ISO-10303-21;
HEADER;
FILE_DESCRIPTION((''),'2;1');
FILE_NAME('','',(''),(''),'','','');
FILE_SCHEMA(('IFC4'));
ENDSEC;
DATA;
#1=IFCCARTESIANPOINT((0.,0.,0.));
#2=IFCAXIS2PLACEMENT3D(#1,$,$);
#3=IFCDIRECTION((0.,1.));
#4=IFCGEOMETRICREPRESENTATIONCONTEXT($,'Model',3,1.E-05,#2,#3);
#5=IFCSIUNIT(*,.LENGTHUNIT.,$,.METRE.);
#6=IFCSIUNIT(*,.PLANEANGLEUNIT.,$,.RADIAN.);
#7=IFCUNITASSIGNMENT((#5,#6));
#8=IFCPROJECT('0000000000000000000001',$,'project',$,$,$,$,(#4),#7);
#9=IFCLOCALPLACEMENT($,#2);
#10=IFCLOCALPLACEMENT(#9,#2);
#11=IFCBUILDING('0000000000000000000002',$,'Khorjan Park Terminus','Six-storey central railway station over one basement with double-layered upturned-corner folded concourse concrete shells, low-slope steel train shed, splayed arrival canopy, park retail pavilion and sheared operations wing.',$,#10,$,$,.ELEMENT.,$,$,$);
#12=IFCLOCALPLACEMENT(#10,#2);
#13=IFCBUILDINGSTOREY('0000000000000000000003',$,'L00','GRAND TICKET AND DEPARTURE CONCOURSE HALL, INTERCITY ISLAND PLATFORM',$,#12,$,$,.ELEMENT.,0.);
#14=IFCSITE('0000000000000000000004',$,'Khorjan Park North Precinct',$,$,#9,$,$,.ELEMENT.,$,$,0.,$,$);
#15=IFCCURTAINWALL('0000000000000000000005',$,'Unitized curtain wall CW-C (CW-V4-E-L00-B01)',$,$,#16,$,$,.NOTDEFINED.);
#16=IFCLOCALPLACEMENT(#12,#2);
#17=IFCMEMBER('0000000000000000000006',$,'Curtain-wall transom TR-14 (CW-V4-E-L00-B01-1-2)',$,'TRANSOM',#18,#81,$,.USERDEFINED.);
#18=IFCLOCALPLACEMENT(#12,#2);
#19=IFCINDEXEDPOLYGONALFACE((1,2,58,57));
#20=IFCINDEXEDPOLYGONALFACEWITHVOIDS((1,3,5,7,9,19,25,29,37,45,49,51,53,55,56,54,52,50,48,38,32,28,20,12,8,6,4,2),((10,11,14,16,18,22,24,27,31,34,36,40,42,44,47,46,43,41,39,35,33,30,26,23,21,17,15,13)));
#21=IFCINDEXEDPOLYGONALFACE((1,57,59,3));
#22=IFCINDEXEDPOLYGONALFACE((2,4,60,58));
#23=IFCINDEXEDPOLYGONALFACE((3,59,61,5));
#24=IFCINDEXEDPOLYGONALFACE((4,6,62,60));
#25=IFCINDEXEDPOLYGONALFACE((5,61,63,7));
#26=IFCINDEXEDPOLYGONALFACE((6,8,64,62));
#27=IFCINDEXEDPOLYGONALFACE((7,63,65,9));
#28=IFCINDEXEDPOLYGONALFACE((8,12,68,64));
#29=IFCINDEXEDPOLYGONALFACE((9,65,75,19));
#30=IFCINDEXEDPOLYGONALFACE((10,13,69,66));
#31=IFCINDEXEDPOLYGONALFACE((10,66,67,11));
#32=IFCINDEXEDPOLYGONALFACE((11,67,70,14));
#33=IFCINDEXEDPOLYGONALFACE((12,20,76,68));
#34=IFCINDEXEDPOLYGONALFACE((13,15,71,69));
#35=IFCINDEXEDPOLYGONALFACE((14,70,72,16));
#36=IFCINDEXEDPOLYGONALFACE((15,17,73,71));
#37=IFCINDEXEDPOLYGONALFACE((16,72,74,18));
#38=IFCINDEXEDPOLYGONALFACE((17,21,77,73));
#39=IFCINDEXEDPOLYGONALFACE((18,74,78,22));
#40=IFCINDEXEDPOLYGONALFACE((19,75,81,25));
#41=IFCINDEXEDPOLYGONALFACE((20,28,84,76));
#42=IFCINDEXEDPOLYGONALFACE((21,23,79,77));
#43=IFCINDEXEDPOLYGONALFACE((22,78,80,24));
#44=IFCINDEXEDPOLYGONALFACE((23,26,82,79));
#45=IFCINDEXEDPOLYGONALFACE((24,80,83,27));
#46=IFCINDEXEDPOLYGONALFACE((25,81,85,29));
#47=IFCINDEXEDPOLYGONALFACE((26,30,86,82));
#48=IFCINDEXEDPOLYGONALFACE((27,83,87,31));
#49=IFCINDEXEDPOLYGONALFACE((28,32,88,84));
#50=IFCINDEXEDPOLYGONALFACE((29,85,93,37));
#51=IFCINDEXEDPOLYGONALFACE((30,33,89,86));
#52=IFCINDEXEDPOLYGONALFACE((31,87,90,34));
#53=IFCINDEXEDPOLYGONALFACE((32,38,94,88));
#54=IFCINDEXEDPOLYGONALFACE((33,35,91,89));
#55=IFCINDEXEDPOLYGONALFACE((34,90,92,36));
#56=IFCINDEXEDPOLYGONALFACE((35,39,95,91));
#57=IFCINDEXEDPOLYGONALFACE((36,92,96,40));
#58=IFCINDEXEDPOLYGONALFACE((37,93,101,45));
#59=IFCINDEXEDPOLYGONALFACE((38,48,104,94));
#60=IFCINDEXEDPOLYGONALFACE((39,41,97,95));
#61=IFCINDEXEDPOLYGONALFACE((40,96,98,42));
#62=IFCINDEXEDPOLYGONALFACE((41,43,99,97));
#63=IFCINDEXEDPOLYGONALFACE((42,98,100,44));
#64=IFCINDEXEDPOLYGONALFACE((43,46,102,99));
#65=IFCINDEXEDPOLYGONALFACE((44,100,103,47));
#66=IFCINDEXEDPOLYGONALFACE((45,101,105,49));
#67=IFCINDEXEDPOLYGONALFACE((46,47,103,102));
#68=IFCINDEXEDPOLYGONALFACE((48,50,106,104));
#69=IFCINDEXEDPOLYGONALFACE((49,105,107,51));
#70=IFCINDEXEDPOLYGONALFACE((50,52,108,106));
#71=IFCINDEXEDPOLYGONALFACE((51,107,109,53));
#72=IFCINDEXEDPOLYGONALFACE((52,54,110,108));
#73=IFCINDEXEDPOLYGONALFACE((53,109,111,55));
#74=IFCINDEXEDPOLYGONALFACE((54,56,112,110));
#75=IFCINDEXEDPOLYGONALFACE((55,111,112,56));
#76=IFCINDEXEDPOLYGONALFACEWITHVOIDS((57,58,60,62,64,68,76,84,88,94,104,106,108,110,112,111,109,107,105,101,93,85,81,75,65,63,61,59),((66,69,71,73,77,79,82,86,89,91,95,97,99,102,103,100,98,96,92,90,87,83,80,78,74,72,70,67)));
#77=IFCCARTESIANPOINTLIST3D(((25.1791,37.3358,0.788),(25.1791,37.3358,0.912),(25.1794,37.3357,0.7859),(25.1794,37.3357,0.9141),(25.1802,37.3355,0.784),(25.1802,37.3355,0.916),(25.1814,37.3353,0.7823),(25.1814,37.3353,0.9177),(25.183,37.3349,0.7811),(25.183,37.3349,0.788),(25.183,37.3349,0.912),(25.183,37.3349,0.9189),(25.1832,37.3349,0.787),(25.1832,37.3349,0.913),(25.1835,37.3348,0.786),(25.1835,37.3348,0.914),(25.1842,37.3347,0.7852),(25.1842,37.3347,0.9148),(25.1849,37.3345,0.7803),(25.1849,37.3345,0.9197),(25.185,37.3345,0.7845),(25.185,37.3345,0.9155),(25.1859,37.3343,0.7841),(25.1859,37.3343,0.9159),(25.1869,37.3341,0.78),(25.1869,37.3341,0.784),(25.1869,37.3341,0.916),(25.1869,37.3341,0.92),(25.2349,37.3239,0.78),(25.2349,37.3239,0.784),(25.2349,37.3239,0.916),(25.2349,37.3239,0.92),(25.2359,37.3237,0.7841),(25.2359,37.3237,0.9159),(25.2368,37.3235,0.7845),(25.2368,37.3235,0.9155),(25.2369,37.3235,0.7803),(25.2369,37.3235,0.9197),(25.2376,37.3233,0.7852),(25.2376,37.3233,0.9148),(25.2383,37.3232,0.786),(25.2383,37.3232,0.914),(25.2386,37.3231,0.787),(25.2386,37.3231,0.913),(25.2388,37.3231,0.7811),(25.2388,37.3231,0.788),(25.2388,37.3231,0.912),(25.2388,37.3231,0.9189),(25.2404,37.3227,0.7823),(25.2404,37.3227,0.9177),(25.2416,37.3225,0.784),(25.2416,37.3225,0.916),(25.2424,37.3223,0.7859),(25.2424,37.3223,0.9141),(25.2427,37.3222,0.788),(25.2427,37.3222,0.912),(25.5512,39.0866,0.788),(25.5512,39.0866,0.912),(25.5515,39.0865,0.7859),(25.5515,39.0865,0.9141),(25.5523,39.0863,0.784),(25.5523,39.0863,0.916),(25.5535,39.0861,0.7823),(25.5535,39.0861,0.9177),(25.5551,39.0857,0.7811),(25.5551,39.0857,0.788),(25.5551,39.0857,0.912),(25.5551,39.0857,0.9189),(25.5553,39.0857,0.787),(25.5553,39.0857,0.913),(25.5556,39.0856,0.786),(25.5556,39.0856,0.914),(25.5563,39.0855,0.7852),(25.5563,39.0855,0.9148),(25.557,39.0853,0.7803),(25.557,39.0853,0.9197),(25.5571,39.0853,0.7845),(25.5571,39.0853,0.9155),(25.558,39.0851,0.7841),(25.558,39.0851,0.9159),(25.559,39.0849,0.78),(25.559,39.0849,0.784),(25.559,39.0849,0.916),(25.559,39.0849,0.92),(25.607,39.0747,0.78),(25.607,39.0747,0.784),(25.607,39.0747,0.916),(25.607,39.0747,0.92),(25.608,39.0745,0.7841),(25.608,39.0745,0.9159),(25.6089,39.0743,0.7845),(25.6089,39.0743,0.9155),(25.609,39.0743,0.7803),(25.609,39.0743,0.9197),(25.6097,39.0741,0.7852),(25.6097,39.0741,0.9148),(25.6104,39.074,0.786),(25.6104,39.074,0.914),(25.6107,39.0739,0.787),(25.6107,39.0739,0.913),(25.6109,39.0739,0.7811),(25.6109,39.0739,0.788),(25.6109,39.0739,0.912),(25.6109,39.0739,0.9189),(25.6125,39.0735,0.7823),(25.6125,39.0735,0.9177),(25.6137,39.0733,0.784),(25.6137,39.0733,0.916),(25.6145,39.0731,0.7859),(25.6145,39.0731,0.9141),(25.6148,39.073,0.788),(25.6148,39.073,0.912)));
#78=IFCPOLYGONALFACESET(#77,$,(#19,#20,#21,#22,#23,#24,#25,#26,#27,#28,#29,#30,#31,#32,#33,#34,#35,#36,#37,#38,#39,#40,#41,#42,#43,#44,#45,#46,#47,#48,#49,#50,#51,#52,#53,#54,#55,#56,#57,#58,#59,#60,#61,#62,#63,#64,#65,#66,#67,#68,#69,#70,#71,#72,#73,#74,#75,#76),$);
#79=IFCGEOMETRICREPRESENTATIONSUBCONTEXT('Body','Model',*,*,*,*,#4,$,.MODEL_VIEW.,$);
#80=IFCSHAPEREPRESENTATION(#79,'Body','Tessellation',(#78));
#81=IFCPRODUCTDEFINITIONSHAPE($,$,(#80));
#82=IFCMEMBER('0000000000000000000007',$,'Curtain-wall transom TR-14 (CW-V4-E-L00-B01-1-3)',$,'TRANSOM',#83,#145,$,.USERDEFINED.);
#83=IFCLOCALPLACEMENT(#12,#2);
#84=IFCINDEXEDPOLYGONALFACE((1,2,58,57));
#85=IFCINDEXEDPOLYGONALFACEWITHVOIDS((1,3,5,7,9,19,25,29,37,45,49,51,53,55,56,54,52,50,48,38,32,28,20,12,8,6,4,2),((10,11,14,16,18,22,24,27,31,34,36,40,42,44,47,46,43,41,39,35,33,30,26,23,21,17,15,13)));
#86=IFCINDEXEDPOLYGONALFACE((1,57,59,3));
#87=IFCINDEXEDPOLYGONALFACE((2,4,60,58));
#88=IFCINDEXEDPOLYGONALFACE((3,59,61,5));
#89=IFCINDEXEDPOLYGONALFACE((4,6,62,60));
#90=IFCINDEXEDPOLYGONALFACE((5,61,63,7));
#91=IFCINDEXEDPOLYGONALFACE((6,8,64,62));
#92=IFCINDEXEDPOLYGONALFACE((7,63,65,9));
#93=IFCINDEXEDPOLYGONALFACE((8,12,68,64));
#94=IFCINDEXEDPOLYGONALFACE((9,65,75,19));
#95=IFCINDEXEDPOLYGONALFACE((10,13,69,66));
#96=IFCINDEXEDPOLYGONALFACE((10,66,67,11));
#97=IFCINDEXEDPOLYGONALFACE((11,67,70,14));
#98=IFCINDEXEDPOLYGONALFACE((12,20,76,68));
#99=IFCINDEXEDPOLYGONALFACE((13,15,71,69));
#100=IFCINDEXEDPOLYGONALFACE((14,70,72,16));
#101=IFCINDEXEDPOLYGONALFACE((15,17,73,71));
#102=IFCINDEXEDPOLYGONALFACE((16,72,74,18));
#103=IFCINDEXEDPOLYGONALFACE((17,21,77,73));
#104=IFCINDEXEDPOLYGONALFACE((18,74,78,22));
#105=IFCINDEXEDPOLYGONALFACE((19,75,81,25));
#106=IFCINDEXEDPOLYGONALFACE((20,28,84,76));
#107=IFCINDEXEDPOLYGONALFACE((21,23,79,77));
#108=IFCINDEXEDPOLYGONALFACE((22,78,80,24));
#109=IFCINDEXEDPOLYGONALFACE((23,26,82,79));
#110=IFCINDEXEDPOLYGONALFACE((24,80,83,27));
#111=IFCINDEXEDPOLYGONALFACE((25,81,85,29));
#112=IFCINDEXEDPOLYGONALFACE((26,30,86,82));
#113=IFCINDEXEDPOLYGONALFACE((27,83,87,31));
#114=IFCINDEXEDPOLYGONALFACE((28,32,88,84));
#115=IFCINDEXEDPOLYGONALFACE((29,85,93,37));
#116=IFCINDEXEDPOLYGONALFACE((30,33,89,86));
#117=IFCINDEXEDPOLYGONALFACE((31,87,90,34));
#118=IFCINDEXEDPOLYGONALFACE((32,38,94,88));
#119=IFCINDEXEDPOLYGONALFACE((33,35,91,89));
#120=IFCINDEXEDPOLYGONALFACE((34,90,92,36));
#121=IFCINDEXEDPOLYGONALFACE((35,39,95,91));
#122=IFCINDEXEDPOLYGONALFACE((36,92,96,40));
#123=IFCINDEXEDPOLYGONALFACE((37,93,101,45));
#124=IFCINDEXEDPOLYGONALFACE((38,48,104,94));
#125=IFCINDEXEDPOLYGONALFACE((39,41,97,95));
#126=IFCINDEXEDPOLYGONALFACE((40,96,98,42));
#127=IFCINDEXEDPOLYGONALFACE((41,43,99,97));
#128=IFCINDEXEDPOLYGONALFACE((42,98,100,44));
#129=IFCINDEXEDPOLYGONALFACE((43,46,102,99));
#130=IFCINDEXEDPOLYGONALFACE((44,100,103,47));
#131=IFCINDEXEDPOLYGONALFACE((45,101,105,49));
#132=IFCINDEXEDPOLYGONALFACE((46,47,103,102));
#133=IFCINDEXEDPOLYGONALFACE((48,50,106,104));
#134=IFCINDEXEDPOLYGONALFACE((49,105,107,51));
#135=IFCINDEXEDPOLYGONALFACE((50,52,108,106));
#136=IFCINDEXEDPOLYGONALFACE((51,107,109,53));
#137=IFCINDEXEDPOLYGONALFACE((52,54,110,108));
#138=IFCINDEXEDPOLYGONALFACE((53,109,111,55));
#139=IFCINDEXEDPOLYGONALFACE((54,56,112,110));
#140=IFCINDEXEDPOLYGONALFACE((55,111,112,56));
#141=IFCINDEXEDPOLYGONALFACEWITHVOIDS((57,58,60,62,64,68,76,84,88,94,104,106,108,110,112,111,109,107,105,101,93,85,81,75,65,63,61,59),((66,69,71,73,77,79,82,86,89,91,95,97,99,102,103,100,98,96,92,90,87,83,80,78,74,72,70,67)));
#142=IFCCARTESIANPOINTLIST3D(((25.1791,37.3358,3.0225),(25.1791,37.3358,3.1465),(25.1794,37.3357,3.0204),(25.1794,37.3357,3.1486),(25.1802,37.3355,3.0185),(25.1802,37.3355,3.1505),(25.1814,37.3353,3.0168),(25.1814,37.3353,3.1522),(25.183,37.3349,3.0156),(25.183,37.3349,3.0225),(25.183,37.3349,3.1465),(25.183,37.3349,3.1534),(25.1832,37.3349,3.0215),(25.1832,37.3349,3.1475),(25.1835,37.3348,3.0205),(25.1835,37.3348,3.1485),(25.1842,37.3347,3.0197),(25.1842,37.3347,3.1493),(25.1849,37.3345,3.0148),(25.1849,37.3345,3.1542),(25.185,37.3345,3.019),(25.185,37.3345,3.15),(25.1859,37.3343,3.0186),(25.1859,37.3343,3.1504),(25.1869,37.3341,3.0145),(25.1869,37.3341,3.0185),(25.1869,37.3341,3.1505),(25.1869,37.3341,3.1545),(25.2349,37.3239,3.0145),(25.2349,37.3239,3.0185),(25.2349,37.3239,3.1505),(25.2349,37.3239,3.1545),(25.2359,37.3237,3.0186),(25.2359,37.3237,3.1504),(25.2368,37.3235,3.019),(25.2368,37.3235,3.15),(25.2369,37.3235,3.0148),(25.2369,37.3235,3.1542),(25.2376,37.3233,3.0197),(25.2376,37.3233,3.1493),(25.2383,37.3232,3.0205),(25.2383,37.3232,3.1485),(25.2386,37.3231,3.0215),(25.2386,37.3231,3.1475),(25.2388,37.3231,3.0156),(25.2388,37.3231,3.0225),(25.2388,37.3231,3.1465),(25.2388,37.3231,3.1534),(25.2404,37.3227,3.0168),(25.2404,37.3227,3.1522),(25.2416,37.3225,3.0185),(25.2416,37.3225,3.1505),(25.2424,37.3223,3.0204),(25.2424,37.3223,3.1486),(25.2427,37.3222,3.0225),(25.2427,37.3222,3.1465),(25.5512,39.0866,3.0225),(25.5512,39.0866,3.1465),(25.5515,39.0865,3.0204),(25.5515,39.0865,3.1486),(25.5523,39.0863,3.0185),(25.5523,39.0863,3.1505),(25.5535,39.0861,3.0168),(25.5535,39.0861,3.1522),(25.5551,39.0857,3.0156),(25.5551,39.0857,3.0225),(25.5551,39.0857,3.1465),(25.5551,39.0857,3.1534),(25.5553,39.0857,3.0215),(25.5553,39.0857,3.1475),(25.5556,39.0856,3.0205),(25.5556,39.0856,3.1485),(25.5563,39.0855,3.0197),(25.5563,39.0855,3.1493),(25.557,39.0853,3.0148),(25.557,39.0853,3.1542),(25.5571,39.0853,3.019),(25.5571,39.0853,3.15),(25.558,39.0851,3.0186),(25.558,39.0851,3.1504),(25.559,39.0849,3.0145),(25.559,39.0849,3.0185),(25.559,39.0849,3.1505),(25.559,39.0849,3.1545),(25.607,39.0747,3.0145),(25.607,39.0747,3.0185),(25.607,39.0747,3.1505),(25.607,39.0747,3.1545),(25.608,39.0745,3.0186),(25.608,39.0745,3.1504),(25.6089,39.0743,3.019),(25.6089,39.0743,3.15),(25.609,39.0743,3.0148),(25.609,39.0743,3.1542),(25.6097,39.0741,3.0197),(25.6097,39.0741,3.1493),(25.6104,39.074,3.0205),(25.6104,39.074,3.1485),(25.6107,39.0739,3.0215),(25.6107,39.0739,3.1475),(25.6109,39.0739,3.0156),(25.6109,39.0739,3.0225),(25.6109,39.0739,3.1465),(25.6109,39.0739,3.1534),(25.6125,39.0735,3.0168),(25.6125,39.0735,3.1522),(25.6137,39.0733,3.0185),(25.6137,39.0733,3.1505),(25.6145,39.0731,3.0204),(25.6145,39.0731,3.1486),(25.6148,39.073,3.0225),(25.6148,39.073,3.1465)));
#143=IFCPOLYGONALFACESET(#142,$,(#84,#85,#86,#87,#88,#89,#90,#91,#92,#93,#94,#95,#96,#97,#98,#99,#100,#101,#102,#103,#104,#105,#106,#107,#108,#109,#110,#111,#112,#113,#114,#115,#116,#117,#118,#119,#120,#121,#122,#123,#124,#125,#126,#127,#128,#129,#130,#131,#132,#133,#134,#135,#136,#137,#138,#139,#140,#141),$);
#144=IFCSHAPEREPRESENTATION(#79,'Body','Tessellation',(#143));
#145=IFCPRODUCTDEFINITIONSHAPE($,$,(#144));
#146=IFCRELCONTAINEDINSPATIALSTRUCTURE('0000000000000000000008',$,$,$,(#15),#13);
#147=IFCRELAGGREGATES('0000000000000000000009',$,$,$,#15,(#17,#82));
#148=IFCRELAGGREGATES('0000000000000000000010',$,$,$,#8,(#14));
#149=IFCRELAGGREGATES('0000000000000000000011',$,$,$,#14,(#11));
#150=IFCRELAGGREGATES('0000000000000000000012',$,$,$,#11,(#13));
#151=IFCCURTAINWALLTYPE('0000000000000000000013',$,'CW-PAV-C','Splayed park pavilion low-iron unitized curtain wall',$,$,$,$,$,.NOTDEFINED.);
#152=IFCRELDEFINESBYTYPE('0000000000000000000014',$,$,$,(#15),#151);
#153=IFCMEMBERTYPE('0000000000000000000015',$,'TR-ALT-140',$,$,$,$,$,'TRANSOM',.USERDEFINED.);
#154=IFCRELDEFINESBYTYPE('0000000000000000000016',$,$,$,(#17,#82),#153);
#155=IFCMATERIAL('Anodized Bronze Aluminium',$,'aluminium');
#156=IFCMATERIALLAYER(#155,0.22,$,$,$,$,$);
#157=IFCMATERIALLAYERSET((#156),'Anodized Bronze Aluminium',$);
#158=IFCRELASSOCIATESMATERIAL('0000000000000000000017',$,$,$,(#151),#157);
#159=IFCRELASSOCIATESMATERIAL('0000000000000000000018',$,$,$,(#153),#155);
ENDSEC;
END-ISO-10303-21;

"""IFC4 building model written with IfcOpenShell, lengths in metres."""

from ifc_helpers import new_model, si_unit, direction, frame, origin, origin_2d, place, context, subcontext, project, spatial, hollow_rectangle, extrude, material, layer, layer_set, material_profile, profile_set, type_object, element, aggregate, save


model = new_model("IFC4")

# Units and contexts
model_context = context("Model", 3, precision=1e-05, world=origin(), true_north=direction((0.0, 1.0)))
body_context = subcontext(model_context, "Body", "Model", "MODEL_VIEW")
ifc_project = project(units=[si_unit("LENGTHUNIT", "METRE"), si_unit("PLANEANGLEUNIT", "RADIAN")], contexts=[model_context])

# Site, building, storey
site_placement = place(None, origin())
site = spatial("IfcSite", under=ifc_project, at=site_placement, Name="Khorjan Park North Precinct", CompositionType="ELEMENT", RefElevation=0.0)
building_placement = place(site_placement, origin())
building = spatial("IfcBuilding", under=site, at=building_placement, Name="Khorjan Park Terminus", Description="Six-storey central railway station over one basement with double-layered upturned-corner folded concourse concrete shells, low-slope steel train shed, splayed arrival canopy, park retail pavilion and sheared operations wing.", CompositionType="ELEMENT")
storey_placement = place(building_placement, origin())
storey = spatial("IfcBuildingStorey", under=building, at=storey_placement, Name="L00", Description="GRAND TICKET AND DEPARTURE CONCOURSE HALL, INTERCITY ISLAND PLATFORM", CompositionType="ELEMENT", Elevation=0.0)

# Curtain wall, members
ifc_material_1 = material(Name="Anodized Bronze Aluminium", Category="aluminium")
ifc_layer_1 = layer(ifc_material_1, 0.22)
ifc_layer_set_1 = layer_set([ifc_layer_1], Name="Anodized Bronze Aluminium")
curtain_wall_type = type_object("IfcCurtainWallType", Name="CW-PAV-C", Description="Splayed park pavilion low-iron unitized curtain wall", PredefinedType="NOTDEFINED", material=ifc_layer_set_1)
curtain_wall_placement = place(storey_placement, origin())
curtain_wall = element("IfcCurtainWall", 1, at=curtain_wall_placement, inside=storey, type_object=curtain_wall_type, Name="Unitized curtain wall CW-C (CW-V4-E-L00-B01)", PredefinedType="NOTDEFINED")
ifc_material_profile_1 = material_profile(ifc_material_1, hollow_rectangle(XDim=0.065, YDim=0.14, WallThickness=0.004, InnerFilletRadius=0.004, OuterFilletRadius=0.008, at=origin_2d()), Name="ALT 65x140x4")
ifc_profile_set_1 = profile_set([ifc_material_profile_1], Name="Anodized Bronze Aluminium")
member_type_1 = type_object("IfcMemberType", Name="TR-ALT-140", ElementType="TRANSOM", PredefinedType="USERDEFINED", material=ifc_profile_set_1)
member_1_placement = place(storey_placement, frame((25.2109, 37.329, 0.85), z_axis=(0.207888, 0.978153, 0.0), x_axis=(-0.978153, 0.207888, 0.0)))
member_1 = element("IfcMember", 2, at=member_1_placement, type_object=member_type_1, Name="Curtain-wall transom TR-14 (CW-V4-E-L00-B01-1-2)", ObjectType="TRANSOM", PredefinedType="USERDEFINED", context=body_context, shape_type="SweptSolid", body=[
    extrude(hollow_rectangle(XDim=0.065, YDim=0.14, WallThickness=0.004, InnerFilletRadius=0.004, OuterFilletRadius=0.008, at=origin_2d()), origin(), (0.0, 0.0, 1.0), 1.7899),
])
member_2_placement = place(storey_placement, frame((25.2109, 37.329, 3.0845), z_axis=(0.207888, 0.978153, 0.0), x_axis=(-0.978153, 0.207888, 0.0)))
member_2 = element("IfcMember", 3, at=member_2_placement, type_object=member_type_1, Name="Curtain-wall transom TR-14 (CW-V4-E-L00-B01-1-3)", ObjectType="TRANSOM", PredefinedType="USERDEFINED", context=body_context, shape_type="SweptSolid", body=[
    extrude(hollow_rectangle(XDim=0.065, YDim=0.14, WallThickness=0.004, InnerFilletRadius=0.004, OuterFilletRadius=0.008, at=origin_2d()), origin(), (0.0, 0.0, 1.0), 1.7899),
])
aggregate(curtain_wall, [member_1, member_2])

save(model, "model.ifc")
